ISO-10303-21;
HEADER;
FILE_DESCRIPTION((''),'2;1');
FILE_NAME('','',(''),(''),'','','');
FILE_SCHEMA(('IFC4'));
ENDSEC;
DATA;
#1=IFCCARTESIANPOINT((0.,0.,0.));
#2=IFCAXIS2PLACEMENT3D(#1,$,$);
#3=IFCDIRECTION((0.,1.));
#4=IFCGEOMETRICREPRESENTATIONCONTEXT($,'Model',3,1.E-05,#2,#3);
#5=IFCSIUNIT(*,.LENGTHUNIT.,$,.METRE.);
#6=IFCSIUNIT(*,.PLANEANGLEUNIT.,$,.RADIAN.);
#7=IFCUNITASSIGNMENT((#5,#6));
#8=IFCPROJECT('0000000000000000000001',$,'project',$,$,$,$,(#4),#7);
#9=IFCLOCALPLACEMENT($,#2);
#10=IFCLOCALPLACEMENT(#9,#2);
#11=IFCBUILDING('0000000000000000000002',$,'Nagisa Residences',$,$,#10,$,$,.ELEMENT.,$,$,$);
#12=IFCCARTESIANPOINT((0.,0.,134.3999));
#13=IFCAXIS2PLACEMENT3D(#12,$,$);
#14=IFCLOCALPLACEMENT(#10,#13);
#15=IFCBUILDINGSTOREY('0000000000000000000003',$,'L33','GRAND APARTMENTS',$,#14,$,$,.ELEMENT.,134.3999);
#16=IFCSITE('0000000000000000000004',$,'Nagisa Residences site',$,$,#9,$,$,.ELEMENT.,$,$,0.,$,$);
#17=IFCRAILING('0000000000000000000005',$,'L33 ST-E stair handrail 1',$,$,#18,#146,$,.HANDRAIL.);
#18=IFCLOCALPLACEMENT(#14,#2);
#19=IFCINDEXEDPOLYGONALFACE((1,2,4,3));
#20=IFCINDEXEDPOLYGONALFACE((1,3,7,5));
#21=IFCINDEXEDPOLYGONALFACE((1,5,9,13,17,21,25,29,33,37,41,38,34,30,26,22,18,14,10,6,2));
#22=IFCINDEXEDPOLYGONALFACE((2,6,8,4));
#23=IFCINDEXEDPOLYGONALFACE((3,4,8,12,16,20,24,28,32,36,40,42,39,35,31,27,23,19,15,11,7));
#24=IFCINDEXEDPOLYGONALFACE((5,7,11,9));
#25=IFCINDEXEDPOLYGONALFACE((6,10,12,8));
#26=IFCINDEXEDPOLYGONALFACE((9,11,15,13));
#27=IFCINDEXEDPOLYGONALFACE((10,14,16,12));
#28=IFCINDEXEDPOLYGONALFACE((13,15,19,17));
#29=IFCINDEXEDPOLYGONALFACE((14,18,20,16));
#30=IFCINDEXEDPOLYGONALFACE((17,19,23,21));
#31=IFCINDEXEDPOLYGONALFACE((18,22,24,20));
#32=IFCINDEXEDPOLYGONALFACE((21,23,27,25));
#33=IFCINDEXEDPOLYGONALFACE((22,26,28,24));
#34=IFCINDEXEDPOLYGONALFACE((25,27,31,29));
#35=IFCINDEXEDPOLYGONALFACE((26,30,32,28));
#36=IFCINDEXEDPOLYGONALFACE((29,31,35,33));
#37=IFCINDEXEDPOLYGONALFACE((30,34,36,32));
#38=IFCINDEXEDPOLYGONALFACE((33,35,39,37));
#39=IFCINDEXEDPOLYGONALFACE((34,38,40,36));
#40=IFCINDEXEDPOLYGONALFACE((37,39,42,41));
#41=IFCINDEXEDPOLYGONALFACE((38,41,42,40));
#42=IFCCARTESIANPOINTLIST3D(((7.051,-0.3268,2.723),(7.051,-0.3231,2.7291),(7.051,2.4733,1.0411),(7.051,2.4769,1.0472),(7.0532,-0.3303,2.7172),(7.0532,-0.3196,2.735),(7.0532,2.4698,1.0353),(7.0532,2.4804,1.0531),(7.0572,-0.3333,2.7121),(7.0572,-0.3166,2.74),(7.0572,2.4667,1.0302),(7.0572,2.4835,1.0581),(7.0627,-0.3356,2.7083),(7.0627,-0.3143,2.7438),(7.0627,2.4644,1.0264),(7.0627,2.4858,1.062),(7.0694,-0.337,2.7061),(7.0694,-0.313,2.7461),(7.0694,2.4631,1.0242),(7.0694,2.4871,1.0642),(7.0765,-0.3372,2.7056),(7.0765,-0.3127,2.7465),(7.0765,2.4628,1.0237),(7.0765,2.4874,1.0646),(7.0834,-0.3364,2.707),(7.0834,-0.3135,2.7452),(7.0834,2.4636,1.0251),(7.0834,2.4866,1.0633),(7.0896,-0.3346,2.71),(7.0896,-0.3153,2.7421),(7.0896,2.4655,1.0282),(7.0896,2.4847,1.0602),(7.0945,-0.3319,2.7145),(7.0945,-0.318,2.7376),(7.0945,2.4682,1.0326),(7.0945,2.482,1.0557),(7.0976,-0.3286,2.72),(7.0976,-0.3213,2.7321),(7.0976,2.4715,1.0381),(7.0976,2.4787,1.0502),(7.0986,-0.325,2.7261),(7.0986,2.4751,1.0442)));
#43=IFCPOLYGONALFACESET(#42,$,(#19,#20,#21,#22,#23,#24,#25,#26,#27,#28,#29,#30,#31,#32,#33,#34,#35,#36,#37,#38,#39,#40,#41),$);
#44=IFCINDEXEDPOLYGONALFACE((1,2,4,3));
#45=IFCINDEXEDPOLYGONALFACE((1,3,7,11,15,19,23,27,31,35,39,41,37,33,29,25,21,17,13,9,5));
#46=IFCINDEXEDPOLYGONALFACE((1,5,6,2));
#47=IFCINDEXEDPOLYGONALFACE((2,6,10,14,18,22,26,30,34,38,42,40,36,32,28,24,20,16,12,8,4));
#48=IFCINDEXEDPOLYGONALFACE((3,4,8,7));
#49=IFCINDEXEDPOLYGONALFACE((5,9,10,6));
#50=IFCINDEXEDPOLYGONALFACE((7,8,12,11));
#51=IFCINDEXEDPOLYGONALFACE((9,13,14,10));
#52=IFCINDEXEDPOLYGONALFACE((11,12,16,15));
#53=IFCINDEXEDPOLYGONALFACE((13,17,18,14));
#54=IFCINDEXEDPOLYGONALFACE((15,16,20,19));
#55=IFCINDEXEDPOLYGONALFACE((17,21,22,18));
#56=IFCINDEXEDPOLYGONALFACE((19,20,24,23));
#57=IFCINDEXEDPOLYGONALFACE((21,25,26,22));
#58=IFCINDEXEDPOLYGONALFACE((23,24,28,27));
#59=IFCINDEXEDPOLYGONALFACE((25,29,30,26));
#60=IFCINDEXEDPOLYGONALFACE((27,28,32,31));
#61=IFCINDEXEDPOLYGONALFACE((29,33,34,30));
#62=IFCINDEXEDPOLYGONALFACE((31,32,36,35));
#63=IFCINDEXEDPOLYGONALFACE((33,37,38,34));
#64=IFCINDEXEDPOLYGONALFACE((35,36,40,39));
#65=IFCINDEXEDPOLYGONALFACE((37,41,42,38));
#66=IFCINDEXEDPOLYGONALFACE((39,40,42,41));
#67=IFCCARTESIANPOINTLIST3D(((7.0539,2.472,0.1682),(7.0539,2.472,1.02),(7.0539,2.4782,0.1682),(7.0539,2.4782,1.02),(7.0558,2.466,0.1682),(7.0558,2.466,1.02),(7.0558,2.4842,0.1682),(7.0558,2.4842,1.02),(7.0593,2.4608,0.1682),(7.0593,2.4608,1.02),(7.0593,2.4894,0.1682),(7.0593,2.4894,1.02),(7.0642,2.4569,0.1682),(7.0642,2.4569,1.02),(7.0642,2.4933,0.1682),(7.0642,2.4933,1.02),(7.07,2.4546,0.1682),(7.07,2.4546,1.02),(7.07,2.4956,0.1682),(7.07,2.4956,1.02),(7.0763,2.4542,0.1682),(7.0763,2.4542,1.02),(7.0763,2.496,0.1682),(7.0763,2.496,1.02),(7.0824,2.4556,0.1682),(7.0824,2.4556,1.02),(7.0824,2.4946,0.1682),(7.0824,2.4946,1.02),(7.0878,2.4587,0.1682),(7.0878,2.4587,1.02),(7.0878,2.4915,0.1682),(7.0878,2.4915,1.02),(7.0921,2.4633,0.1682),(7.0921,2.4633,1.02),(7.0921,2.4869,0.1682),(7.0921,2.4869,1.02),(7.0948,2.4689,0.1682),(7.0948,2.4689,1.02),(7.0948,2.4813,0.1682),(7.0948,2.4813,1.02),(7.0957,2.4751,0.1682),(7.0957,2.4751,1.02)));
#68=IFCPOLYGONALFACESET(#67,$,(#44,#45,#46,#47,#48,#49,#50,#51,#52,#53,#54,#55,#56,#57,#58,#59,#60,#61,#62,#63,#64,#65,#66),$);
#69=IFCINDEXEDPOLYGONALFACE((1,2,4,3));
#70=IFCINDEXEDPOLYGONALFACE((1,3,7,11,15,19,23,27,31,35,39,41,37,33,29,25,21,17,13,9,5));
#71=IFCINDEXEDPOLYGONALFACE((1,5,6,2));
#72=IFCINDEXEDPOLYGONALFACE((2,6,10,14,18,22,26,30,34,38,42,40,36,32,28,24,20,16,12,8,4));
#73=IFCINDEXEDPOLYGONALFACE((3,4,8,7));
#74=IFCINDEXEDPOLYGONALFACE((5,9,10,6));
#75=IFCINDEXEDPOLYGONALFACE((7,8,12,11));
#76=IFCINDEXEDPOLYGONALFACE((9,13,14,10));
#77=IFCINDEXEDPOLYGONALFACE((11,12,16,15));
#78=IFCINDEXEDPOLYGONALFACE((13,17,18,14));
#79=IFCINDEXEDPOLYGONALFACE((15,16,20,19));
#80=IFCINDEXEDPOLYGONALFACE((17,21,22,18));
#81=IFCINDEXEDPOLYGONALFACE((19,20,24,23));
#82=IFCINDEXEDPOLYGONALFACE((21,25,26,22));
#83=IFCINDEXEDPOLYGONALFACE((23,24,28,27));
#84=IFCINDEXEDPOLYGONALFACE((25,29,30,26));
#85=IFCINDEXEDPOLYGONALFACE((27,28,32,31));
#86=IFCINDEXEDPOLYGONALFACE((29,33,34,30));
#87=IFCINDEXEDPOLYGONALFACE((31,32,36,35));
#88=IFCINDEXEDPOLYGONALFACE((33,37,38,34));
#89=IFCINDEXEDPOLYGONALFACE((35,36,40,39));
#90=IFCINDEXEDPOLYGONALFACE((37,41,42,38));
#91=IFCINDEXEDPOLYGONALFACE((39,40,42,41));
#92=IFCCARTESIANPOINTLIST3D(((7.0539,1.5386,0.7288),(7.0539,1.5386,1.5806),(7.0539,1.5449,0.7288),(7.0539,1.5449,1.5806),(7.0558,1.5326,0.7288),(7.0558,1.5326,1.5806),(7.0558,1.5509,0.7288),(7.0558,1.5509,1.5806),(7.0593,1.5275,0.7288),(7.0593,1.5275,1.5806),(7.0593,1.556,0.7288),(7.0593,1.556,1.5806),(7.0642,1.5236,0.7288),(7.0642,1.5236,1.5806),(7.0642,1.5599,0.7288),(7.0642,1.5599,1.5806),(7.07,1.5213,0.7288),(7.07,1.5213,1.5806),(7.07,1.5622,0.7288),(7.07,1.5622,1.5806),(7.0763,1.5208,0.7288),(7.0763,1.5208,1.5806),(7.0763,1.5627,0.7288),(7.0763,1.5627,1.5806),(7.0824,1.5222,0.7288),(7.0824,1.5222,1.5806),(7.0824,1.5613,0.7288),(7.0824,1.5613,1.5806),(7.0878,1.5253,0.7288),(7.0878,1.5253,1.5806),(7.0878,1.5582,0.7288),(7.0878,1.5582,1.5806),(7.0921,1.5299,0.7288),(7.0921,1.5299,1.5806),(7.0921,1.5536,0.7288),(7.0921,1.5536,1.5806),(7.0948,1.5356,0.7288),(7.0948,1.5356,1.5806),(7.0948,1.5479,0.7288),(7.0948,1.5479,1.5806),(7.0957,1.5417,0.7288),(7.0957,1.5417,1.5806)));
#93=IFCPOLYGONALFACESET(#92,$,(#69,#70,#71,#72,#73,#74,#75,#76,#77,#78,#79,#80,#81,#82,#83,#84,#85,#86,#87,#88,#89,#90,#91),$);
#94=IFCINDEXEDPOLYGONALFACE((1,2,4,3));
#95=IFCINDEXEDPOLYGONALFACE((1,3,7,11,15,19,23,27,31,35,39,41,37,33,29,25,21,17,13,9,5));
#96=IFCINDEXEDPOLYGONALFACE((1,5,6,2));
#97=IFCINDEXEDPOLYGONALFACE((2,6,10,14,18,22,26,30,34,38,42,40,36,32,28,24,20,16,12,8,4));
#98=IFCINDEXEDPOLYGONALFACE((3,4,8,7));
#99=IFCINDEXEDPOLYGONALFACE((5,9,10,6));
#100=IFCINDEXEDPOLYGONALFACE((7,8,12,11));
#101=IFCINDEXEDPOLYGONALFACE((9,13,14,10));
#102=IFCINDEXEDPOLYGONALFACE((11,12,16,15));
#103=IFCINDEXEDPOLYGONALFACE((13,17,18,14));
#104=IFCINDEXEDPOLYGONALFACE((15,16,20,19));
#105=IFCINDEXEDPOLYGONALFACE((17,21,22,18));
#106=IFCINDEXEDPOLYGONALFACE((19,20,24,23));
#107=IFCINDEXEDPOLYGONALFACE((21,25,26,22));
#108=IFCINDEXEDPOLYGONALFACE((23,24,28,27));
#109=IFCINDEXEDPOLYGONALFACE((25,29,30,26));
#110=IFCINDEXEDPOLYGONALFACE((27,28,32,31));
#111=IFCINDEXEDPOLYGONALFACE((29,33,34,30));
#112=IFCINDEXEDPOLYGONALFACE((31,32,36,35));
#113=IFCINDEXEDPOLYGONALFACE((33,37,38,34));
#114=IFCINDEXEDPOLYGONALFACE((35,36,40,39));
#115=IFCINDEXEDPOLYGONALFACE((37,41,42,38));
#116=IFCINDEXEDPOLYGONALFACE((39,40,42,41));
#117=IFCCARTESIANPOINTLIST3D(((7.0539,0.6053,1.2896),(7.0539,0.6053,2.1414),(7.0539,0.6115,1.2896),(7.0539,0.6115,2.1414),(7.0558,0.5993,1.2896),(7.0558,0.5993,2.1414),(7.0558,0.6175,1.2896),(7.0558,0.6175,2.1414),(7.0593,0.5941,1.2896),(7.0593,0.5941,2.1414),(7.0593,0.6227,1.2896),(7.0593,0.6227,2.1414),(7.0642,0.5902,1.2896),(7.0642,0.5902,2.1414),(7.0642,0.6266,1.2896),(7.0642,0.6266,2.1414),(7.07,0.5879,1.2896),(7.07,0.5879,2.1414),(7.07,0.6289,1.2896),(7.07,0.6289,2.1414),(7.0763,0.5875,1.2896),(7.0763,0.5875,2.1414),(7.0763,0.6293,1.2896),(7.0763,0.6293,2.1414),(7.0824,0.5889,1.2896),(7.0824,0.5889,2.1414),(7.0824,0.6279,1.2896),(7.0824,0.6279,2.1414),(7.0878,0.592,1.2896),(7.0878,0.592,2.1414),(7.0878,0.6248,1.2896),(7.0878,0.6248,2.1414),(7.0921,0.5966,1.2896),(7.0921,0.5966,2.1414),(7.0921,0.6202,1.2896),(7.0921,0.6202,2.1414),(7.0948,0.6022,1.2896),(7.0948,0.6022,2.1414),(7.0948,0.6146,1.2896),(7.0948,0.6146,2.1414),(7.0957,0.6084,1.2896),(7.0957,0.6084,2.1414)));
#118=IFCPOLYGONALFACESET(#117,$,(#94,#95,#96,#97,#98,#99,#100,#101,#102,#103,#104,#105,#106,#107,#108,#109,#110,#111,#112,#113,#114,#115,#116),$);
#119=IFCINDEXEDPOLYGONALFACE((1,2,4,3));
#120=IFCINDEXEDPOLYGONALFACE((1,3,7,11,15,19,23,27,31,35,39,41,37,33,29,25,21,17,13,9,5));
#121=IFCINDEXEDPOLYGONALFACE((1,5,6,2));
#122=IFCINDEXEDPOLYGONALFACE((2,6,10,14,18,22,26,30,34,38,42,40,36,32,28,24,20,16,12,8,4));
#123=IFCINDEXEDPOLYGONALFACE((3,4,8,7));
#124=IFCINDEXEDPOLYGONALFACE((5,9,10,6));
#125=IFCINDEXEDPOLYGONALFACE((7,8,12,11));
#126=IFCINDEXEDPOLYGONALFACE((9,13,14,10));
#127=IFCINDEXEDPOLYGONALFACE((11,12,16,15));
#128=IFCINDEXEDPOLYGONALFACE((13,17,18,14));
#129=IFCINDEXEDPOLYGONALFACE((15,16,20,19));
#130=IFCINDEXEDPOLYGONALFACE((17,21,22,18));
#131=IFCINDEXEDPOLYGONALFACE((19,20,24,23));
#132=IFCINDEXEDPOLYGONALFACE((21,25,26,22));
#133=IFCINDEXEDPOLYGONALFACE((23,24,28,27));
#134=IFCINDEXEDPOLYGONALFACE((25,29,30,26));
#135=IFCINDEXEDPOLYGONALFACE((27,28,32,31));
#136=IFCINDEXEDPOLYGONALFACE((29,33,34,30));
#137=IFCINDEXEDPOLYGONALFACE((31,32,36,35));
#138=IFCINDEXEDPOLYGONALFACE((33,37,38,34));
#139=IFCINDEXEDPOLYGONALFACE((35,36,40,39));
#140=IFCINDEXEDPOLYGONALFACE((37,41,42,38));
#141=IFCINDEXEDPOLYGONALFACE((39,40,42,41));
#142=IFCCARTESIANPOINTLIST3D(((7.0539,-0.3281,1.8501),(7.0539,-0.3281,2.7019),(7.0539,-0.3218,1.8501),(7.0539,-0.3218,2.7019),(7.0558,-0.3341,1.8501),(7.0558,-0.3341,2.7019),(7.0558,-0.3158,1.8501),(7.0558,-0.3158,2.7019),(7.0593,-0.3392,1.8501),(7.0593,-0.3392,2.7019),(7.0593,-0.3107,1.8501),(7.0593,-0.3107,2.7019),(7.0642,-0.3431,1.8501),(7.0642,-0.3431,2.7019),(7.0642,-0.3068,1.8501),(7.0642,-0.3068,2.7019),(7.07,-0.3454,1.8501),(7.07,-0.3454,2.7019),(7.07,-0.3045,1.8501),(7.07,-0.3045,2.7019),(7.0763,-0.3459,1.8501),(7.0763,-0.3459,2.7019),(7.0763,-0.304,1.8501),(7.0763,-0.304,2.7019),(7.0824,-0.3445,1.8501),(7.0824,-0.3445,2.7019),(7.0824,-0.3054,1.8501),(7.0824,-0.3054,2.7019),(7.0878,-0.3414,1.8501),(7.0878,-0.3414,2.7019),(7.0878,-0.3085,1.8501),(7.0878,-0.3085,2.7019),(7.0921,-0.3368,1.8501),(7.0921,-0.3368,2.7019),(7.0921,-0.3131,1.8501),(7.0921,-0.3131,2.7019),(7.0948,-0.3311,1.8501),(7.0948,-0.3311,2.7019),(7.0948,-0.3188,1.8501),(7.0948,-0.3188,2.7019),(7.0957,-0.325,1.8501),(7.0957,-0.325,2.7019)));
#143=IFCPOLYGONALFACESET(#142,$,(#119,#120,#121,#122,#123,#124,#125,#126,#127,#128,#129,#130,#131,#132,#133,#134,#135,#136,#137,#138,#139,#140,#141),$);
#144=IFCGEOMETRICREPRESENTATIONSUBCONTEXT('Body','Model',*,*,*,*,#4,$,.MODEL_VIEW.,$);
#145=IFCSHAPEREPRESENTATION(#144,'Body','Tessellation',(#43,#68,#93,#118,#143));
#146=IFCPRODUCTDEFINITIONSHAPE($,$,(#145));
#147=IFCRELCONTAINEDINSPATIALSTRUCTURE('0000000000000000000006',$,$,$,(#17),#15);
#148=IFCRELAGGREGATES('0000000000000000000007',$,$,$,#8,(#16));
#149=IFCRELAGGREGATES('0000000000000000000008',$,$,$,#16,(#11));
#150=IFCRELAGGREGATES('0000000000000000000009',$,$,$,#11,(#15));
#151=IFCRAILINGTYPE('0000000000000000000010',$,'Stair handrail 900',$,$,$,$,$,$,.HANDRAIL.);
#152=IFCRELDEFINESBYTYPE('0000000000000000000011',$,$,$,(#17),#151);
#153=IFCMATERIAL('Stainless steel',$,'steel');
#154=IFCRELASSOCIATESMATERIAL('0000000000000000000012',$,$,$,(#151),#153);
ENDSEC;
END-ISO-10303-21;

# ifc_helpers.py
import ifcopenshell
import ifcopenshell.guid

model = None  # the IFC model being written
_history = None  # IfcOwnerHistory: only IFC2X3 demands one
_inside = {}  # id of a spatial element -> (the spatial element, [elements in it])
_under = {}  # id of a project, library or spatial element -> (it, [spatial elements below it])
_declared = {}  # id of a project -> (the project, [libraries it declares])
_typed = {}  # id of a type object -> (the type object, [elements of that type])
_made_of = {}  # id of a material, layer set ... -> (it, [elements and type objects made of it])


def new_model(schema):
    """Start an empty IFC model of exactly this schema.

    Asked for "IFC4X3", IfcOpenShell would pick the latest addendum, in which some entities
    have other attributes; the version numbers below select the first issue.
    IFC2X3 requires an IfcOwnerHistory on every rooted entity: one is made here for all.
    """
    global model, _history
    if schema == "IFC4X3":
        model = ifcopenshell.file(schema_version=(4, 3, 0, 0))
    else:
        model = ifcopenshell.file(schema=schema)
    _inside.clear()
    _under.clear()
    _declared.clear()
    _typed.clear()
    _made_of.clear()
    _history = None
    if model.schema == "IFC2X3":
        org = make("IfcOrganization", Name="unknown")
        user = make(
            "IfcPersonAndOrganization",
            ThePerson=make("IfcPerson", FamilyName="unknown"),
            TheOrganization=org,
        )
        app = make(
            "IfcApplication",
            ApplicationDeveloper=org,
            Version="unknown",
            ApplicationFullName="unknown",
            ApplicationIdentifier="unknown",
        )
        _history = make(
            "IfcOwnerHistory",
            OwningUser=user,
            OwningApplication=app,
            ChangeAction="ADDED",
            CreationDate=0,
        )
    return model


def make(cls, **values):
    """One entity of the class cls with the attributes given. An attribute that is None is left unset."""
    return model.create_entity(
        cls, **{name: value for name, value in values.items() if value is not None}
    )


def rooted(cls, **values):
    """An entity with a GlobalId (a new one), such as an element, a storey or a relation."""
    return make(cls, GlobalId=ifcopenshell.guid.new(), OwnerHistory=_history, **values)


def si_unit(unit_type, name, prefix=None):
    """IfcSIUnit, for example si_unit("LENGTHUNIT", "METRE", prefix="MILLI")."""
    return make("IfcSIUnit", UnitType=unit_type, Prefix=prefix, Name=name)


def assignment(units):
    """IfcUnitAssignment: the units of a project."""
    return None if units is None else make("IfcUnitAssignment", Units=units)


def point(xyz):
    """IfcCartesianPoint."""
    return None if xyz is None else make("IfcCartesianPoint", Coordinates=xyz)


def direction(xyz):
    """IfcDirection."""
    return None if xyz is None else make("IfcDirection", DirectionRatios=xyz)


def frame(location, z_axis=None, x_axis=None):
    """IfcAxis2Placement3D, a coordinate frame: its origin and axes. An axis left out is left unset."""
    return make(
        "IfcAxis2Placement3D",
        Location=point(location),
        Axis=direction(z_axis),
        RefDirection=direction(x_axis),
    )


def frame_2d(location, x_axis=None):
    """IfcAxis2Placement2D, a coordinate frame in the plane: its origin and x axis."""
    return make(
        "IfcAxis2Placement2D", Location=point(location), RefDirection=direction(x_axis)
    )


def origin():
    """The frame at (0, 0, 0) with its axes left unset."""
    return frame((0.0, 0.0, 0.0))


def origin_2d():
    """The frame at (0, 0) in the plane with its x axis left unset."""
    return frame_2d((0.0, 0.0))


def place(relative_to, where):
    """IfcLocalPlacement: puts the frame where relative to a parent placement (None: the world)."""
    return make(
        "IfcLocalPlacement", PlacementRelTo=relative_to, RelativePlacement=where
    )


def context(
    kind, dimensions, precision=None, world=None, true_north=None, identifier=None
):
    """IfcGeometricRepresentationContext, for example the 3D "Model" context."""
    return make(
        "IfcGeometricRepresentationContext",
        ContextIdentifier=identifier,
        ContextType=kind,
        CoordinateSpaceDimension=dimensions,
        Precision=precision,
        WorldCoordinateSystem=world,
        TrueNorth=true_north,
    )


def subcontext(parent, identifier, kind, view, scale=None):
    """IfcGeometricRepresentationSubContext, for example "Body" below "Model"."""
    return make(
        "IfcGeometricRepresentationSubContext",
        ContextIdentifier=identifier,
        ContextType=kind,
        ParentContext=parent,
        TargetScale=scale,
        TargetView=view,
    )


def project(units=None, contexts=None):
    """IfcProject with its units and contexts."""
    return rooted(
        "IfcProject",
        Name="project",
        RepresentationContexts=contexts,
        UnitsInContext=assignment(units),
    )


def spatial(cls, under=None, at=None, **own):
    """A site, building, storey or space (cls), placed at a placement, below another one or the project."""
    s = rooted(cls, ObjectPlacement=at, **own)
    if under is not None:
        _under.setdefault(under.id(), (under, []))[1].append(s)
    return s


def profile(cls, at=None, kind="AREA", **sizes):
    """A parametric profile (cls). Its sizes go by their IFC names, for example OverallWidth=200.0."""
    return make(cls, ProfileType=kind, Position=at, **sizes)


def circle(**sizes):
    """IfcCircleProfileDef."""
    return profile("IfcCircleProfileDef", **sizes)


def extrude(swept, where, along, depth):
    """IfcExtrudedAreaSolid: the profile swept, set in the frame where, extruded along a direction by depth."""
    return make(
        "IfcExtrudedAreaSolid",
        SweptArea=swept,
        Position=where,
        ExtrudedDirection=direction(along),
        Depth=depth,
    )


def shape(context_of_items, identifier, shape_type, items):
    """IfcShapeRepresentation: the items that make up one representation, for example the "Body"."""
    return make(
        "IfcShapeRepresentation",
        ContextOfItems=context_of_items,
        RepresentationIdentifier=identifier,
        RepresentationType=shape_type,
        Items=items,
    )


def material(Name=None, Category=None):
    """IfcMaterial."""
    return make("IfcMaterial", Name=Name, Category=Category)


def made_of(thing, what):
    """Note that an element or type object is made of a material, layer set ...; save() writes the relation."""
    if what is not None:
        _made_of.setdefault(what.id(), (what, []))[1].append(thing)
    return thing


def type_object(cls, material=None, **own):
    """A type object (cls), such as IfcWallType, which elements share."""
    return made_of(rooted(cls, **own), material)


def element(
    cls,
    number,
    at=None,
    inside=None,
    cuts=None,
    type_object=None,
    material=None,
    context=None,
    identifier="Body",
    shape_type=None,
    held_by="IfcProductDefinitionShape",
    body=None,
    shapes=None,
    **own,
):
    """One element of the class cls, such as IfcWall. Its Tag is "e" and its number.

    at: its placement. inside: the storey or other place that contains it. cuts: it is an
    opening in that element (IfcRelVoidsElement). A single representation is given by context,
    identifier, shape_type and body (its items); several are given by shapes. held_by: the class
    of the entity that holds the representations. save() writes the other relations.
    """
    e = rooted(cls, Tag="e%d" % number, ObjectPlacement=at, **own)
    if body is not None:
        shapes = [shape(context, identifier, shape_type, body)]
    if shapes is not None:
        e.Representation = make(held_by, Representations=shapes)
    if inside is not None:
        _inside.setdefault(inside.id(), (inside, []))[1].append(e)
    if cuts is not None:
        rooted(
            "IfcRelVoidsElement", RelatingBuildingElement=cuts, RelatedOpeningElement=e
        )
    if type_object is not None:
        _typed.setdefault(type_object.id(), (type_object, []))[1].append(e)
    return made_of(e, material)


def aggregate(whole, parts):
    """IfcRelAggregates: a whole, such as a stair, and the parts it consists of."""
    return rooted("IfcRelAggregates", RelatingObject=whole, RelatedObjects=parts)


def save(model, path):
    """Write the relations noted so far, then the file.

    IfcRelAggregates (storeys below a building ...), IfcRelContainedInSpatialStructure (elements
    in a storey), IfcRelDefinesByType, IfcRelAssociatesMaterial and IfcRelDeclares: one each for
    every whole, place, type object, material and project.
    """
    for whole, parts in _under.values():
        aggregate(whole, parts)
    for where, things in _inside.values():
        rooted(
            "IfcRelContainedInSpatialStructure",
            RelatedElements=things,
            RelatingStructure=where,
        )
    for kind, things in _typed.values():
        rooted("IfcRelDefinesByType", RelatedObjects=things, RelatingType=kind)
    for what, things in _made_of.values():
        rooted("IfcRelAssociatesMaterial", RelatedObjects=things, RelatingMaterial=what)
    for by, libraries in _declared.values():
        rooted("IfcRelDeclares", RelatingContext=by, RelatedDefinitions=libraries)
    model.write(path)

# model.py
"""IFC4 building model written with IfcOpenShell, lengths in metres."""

from ifc_helpers import new_model, si_unit, direction, frame, origin, origin_2d, place, context, subcontext, project, spatial, circle, extrude, material, type_object, element, save


model = new_model("IFC4")

# Units and contexts
model_context = context("Model", 3, precision=1e-05, world=origin(), true_north=direction((0.0, 1.0)))
body_context = subcontext(model_context, "Body", "Model", "MODEL_VIEW")
ifc_project = project(units=[si_unit("LENGTHUNIT", "METRE"), si_unit("PLANEANGLEUNIT", "RADIAN")], contexts=[model_context])

# Site, building, storey
site_placement = place(None, origin())
site = spatial("IfcSite", under=ifc_project, at=site_placement, Name="Nagisa Residences site", CompositionType="ELEMENT", RefElevation=0.0)
building_placement = place(site_placement, origin())
building = spatial("IfcBuilding", under=site, at=building_placement, Name="Nagisa Residences", CompositionType="ELEMENT")
storey_placement = place(building_placement, frame((0.0, 0.0, 134.3999)))
storey = spatial("IfcBuildingStorey", under=building, at=storey_placement, Name="L33", Description="GRAND APARTMENTS", CompositionType="ELEMENT", Elevation=134.3999)

# Railing
ifc_material_1 = material(Name="Stainless steel", Category="steel")
railing_type_1 = type_object("IfcRailingType", Name="Stair handrail 900", PredefinedType="HANDRAIL", material=ifc_material_1)
railing_1_placement = place(storey_placement, frame((7.0747, 2.4751, 0.1682)))
element("IfcRailing", 1, at=railing_1_placement, inside=storey, type_object=railing_type_1, Name="L33 ST-E stair handrail 1", PredefinedType="HANDRAIL", context=body_context, shape_type="SweptSolid", body=[
    extrude(circle(Radius=0.0239, at=origin_2d()), frame((0.0, 0.0, 0.876), z_axis=(0.0, -0.857242, 0.514913), x_axis=(1.0, 0.0, 0.0)), (0.0, 0.0, 1.0), 3.2664),
    extrude(circle(Radius=0.021, at=origin_2d()), origin(), (0.0, 0.0, 1.0), 0.8518),
    extrude(circle(Radius=0.021, at=origin_2d()), frame((0.0, -0.9333, 0.5605)), (0.0, 0.0, 1.0), 0.8518),
    extrude(circle(Radius=0.021, at=origin_2d()), frame((0.0, -1.8667, 1.1213)), (0.0, 0.0, 1.0), 0.8518),
    extrude(circle(Radius=0.021, at=origin_2d()), frame((0.0, -2.8, 1.6819)), (0.0, 0.0, 1.0), 0.8518),
])

save(model, "model.ifc")
